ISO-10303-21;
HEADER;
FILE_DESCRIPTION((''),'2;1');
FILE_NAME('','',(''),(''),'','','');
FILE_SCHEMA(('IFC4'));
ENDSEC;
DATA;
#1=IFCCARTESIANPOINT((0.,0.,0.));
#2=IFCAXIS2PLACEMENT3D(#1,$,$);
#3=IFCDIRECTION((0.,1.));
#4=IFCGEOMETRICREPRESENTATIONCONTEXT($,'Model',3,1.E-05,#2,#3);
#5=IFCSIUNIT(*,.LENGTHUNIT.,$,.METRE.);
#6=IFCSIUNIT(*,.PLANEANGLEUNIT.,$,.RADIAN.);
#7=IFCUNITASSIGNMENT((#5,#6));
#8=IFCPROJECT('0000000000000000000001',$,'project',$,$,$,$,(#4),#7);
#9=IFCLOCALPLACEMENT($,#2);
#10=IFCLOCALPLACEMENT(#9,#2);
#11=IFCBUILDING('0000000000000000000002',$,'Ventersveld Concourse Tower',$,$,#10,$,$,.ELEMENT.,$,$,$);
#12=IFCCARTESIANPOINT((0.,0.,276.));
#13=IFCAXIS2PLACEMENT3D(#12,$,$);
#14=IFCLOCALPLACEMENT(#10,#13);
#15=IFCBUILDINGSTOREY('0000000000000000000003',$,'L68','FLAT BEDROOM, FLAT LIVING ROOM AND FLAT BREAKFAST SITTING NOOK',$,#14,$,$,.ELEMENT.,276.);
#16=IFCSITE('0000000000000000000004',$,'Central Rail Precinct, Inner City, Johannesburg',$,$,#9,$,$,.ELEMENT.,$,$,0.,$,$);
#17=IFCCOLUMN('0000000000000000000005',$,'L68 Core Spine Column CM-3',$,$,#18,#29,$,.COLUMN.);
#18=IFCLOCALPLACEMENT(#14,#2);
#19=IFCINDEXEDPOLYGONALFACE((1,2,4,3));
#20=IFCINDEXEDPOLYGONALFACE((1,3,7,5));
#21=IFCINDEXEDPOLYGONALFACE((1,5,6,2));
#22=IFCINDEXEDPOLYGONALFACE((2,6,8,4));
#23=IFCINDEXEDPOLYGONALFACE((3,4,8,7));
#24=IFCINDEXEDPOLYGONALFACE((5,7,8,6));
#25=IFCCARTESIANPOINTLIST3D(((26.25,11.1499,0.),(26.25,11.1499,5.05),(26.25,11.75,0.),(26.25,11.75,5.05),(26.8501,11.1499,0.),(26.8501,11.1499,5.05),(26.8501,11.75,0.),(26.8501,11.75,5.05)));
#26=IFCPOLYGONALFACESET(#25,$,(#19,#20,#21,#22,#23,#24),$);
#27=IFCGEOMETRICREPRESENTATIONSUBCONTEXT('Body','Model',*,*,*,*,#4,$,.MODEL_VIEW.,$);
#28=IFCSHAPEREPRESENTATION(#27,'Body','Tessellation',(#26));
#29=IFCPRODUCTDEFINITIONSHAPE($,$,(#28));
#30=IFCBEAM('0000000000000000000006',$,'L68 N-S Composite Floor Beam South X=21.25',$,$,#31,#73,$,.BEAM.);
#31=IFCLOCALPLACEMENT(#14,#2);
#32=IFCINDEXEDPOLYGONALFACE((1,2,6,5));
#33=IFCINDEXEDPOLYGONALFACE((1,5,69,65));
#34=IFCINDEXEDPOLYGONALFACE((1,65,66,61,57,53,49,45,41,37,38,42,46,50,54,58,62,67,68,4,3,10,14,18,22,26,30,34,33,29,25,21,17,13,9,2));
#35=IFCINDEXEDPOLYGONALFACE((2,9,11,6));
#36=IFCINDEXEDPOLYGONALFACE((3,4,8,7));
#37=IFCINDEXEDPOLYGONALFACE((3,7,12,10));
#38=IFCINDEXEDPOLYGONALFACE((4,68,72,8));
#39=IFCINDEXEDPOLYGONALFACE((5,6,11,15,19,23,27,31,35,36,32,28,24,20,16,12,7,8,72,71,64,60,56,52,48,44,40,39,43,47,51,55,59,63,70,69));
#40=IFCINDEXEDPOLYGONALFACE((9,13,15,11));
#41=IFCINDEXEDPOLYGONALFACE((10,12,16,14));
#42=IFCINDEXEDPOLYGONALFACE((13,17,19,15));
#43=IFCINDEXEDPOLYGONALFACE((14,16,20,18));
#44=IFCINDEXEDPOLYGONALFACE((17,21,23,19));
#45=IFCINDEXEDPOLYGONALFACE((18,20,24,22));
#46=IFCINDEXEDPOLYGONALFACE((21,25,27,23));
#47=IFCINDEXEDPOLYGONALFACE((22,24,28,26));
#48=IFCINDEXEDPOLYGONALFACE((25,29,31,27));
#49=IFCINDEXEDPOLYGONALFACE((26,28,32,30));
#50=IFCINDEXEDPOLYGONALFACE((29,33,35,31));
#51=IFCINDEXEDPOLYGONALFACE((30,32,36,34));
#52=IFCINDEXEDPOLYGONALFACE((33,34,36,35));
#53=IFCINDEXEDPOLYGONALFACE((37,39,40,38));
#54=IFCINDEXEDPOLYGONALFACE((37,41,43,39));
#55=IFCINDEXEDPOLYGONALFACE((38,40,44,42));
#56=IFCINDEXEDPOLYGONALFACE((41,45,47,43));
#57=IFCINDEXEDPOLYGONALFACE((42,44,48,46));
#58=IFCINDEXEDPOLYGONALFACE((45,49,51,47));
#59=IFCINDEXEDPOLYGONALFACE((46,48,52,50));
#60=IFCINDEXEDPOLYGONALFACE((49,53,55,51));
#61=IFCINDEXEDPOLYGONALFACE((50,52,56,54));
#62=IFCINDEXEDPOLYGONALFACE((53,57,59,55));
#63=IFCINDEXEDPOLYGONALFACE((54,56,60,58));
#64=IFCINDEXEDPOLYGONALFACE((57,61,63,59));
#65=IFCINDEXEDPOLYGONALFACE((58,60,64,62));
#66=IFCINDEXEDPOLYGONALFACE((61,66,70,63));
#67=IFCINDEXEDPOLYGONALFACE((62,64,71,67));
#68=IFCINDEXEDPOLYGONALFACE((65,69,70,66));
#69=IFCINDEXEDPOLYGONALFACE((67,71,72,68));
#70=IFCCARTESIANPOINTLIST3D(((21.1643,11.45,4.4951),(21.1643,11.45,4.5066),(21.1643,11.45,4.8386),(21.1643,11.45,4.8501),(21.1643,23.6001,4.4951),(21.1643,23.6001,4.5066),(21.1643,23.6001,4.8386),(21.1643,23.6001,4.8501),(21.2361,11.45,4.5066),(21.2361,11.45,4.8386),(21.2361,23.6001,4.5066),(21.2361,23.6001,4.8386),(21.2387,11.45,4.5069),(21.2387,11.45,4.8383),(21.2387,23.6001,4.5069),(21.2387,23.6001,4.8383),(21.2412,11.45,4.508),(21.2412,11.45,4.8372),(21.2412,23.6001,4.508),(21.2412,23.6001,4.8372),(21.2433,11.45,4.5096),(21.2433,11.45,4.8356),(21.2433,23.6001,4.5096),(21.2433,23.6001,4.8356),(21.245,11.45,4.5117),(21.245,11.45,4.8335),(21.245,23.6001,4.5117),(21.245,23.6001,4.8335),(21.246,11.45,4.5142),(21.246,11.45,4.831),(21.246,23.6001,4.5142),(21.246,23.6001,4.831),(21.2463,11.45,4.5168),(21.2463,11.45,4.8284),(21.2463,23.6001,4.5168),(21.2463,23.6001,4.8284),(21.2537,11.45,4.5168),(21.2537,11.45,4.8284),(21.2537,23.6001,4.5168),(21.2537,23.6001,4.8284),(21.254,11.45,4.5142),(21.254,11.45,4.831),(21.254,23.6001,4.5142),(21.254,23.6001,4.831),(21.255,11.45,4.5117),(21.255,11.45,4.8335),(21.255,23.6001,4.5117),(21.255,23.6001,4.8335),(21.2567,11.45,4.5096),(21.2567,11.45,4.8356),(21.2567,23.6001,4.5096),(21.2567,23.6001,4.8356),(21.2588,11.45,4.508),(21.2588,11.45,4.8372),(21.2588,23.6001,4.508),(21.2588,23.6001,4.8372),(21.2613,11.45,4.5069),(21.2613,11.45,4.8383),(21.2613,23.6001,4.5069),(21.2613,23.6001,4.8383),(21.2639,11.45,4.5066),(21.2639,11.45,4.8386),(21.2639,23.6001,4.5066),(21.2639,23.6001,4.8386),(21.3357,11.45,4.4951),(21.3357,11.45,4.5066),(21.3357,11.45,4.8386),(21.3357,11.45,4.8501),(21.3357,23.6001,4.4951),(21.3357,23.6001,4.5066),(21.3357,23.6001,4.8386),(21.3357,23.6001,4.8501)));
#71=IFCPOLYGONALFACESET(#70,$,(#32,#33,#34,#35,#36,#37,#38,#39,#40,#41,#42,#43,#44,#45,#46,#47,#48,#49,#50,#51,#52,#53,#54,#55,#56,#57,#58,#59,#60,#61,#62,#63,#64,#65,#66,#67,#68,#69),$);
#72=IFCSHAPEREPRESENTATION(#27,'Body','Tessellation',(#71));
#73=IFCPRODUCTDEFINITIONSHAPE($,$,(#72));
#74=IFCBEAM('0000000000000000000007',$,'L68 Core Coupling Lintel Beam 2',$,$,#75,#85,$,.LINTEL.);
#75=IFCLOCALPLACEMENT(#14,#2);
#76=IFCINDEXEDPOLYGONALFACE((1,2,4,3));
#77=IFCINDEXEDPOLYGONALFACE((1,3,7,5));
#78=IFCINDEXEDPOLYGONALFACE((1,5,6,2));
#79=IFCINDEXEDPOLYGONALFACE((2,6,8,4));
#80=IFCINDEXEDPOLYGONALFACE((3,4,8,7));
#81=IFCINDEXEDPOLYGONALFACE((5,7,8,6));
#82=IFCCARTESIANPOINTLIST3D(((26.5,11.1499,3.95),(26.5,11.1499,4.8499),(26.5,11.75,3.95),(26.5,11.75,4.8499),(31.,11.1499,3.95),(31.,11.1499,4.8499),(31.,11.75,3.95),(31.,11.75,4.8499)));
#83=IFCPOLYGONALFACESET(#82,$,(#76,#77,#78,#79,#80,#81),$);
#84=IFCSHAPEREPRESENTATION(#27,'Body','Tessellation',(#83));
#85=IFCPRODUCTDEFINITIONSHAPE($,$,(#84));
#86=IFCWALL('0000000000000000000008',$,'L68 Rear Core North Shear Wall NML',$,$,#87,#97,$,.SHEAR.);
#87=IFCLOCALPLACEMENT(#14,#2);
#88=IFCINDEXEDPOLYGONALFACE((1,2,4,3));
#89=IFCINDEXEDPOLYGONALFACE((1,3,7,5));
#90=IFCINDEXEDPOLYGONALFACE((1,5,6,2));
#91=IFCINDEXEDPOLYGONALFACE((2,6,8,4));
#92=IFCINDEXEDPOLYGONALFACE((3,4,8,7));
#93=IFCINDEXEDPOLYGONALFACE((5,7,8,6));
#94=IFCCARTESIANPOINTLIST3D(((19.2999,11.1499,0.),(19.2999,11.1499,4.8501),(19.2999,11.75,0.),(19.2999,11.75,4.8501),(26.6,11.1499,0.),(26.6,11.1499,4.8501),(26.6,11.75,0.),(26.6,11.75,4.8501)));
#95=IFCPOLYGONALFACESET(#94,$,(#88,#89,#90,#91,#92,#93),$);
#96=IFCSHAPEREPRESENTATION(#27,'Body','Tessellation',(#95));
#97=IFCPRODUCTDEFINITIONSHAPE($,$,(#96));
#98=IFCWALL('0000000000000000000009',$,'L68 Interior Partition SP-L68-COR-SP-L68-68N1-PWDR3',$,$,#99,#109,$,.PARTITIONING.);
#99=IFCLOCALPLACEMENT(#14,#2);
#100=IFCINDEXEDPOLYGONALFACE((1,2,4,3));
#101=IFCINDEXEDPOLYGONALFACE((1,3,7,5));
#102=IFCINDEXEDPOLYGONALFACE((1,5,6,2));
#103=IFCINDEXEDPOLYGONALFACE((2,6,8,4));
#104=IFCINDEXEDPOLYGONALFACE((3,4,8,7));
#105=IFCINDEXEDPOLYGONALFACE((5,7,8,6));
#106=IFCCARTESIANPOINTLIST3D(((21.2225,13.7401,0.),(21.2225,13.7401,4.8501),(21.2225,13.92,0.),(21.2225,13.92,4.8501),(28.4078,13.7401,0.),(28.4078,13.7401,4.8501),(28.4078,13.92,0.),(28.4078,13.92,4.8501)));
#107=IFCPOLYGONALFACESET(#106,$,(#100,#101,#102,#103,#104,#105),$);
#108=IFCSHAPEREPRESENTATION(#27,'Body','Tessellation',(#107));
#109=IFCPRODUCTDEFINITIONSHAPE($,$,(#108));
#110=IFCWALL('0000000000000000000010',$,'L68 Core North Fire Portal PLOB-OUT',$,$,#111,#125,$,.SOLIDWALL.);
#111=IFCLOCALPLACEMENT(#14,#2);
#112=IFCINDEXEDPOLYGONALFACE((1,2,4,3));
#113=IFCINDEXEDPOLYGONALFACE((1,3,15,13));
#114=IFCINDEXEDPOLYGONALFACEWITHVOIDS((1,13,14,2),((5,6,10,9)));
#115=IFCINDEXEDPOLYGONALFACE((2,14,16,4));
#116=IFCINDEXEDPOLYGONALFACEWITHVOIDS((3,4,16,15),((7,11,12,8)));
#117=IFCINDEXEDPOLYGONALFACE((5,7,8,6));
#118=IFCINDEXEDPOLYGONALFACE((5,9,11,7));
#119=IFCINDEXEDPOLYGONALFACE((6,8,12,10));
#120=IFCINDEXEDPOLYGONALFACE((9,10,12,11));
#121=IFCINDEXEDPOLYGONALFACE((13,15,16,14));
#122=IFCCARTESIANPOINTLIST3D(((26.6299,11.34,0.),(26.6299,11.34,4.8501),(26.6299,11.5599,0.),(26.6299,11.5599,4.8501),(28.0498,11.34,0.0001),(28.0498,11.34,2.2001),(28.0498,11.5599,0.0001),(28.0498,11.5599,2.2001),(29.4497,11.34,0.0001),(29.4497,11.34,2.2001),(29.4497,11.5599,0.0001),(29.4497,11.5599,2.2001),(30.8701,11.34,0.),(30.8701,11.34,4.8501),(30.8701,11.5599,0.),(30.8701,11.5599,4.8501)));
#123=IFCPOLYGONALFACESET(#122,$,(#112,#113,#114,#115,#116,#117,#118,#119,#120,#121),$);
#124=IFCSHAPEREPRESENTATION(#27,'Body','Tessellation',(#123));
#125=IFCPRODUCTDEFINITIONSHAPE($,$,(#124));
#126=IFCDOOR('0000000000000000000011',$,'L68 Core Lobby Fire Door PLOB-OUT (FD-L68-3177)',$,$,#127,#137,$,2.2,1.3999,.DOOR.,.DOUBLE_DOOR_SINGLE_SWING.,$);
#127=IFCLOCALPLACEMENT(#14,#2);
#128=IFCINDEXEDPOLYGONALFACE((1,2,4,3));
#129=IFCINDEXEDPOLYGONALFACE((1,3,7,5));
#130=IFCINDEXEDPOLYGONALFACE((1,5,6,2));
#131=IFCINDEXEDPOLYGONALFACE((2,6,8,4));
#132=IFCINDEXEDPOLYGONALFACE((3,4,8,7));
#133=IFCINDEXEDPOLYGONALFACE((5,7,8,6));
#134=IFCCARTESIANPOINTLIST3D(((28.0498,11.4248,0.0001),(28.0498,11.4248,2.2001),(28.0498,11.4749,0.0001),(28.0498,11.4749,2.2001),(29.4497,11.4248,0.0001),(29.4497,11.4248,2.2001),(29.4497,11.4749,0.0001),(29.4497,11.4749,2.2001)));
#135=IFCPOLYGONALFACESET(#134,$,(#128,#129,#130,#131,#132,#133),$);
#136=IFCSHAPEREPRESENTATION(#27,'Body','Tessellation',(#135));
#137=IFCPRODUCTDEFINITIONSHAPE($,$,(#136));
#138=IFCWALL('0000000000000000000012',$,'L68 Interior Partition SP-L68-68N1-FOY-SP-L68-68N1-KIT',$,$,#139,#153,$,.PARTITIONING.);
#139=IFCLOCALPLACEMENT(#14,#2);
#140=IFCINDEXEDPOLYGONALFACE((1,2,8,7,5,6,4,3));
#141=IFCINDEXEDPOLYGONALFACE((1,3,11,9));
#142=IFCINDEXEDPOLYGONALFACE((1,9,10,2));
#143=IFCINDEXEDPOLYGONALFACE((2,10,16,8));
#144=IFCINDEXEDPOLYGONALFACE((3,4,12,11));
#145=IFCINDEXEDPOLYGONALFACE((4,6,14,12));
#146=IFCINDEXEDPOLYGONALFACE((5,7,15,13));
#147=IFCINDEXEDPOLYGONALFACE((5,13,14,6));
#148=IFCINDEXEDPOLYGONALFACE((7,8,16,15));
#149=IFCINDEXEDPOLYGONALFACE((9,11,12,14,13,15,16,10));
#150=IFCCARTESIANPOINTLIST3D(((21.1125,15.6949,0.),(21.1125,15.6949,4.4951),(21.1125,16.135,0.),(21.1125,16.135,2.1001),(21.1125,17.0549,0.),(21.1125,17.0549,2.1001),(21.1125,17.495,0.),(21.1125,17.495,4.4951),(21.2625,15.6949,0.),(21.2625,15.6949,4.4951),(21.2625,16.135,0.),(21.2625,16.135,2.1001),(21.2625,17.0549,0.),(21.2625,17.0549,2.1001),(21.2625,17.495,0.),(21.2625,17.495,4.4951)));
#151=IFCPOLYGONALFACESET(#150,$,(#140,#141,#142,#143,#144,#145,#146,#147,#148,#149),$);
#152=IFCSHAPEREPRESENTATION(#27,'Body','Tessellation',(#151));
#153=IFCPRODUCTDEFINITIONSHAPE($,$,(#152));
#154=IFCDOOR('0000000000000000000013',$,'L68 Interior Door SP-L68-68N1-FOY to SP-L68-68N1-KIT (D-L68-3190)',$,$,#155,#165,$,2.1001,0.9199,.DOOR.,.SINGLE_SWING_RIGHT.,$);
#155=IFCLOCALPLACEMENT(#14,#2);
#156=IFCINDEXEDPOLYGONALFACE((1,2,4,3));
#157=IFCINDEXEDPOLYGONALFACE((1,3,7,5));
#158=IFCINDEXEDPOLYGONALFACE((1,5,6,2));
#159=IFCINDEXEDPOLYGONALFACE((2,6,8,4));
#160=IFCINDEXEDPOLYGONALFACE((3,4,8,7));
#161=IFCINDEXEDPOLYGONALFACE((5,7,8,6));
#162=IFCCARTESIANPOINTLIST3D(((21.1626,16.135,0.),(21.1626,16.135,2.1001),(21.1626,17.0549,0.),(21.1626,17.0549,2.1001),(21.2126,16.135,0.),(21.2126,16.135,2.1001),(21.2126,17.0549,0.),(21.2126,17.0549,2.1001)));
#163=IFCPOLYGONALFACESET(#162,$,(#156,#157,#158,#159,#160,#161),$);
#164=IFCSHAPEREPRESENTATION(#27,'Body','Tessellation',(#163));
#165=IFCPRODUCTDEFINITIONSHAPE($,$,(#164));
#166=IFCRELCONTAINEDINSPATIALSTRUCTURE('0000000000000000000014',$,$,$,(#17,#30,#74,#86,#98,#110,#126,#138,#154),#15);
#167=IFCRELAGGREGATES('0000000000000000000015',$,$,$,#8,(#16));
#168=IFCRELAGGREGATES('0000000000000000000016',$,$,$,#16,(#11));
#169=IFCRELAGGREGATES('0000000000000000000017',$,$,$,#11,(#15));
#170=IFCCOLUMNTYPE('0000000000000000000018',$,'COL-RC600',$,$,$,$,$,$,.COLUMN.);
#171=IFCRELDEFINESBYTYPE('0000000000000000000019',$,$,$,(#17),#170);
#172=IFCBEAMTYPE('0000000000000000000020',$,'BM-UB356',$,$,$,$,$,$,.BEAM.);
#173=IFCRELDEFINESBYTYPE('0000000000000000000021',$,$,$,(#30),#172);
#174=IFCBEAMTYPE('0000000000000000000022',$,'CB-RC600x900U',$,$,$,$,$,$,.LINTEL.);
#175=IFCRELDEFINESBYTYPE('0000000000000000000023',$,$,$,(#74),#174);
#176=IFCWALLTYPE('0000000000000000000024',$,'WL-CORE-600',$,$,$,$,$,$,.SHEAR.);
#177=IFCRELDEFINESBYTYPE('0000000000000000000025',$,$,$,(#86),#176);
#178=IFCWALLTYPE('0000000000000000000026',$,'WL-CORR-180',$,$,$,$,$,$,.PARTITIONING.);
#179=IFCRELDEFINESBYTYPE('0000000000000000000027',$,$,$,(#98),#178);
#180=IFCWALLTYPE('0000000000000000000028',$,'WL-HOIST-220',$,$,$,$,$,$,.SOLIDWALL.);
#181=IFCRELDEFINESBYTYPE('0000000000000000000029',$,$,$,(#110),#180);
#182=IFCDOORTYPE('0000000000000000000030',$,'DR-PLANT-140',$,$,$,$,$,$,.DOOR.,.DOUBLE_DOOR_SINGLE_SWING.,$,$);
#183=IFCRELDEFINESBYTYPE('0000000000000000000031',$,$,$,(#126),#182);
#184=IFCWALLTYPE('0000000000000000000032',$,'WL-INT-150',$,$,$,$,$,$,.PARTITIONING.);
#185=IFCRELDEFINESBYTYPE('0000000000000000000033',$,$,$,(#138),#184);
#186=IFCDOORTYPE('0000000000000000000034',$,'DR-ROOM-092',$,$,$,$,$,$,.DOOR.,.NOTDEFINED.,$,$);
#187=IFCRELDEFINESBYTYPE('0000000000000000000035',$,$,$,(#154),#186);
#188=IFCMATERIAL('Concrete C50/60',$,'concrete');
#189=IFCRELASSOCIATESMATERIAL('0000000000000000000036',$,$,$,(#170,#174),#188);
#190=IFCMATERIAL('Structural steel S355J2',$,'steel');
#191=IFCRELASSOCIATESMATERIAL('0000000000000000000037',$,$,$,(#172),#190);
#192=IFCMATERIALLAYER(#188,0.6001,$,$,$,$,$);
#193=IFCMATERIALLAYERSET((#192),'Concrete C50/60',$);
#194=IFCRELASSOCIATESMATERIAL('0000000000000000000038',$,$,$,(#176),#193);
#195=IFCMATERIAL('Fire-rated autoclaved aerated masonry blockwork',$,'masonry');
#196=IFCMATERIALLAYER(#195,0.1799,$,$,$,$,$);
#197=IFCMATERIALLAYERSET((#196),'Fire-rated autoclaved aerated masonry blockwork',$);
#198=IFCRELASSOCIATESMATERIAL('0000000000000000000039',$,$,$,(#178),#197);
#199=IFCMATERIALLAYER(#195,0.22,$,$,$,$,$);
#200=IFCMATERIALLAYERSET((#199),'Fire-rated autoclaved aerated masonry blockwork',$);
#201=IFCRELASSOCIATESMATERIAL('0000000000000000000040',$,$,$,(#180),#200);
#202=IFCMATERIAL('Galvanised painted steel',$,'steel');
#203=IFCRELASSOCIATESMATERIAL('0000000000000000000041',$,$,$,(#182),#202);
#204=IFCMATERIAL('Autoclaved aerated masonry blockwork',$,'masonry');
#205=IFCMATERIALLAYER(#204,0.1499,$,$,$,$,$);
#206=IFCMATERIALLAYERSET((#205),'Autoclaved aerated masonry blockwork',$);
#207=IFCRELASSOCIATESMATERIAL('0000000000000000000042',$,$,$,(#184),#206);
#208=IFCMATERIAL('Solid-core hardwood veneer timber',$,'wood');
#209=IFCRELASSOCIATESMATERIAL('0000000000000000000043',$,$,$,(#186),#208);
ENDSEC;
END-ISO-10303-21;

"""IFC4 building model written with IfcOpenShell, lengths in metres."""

from ifc_helpers import new_model, si_unit, direction, frame, frame_2d, origin, origin_2d, place, context, subcontext, project, spatial, rectangle, i_section, extrude, material, layer, layer_set, material_profile, profile_set, type_object, element, fill, save


model = new_model("IFC4")

# Units and contexts
model_context = context("Model", 3, precision=1e-05, world=origin(), true_north=direction((0.0, 1.0)))
body_context = subcontext(model_context, "Body", "Model", "MODEL_VIEW")
ifc_project = project(units=[si_unit("LENGTHUNIT", "METRE"), si_unit("PLANEANGLEUNIT", "RADIAN")], contexts=[model_context])

# Site, building, storey
site_placement = place(None, origin())
site = spatial("IfcSite", under=ifc_project, at=site_placement, Name="Central Rail Precinct, Inner City, Johannesburg", CompositionType="ELEMENT", RefElevation=0.0)
building_placement = place(site_placement, origin())
building = spatial("IfcBuilding", under=site, at=building_placement, Name="Ventersveld Concourse Tower", CompositionType="ELEMENT")
storey_placement = place(building_placement, frame((0.0, 0.0, 276.0)))
storey = spatial("IfcBuildingStorey", under=building, at=storey_placement, Name="L68", Description="FLAT BEDROOM, FLAT LIVING ROOM AND FLAT BREAKFAST SITTING NOOK", CompositionType="ELEMENT", Elevation=276.0)

# Column
ifc_material_1 = material(Name="Concrete C50/60", Category="concrete")
ifc_material_profile_1 = material_profile(ifc_material_1, rectangle(XDim=0.6001, YDim=0.6001, at=origin_2d()), Name="RC 600x600")
ifc_profile_set_1 = profile_set([ifc_material_profile_1], Name="Concrete C50/60")
column_type = type_object("IfcColumnType", Name="COL-RC600", PredefinedType="COLUMN", material=ifc_profile_set_1)
column_placement = place(storey_placement, frame((26.55, 11.45, 0.0), z_axis=(0.0, 0.0, 1.0), x_axis=(1.0, 0.0, 0.0)))
element("IfcColumn", 1, at=column_placement, inside=storey, type_object=column_type, Name="L68 Core Spine Column CM-3", PredefinedType="COLUMN", context=body_context, shape_type="SweptSolid", body=[
    extrude(rectangle(XDim=0.6001, YDim=0.6001, at=origin_2d()), origin(), (0.0, 0.0, 1.0), 5.05),
])

# Beams
ifc_material_2 = material(Name="Structural steel S355J2", Category="steel")
ifc_material_profile_2 = material_profile(ifc_material_2, i_section(OverallWidth=0.1714, OverallDepth=0.355, WebThickness=0.0073, FlangeThickness=0.0115, FilletRadius=0.0103, at=origin_2d()), Name="UB 356x171x51")
ifc_profile_set_2 = profile_set([ifc_material_profile_2], Name="Structural steel S355J2")
beam_type_1 = type_object("IfcBeamType", Name="BM-UB356", PredefinedType="BEAM", material=ifc_profile_set_2)
beam_1_placement = place(storey_placement, frame((21.25, 11.45, 4.6726), z_axis=(0.0, 1.0, 0.0), x_axis=(-1.0, 0.0, 0.0)))
element("IfcBeam", 2, at=beam_1_placement, inside=storey, type_object=beam_type_1, Name="L68 N-S Composite Floor Beam South X=21.25", PredefinedType="BEAM", context=body_context, shape_type="SweptSolid", body=[
    extrude(i_section(OverallWidth=0.1714, OverallDepth=0.355, WebThickness=0.0073, FlangeThickness=0.0115, FilletRadius=0.0103, at=origin_2d()), origin(), (0.0, 0.0, 1.0), 12.1501),
])
ifc_material_profile_3 = material_profile(ifc_material_1, rectangle(XDim=0.6001, YDim=0.8999, at=origin_2d()), Name="RC 600x900")
ifc_profile_set_3 = profile_set([ifc_material_profile_3], Name="Concrete C50/60")
beam_type_2 = type_object("IfcBeamType", Name="CB-RC600x900U", PredefinedType="LINTEL", material=ifc_profile_set_3)
beam_2_placement = place(storey_placement, frame((26.5, 11.45, 4.3999), z_axis=(1.0, 0.0, 0.0), x_axis=(0.0, 1.0, 0.0)))
element("IfcBeam", 3, at=beam_2_placement, inside=storey, type_object=beam_type_2, Name="L68 Core Coupling Lintel Beam 2", PredefinedType="LINTEL", context=body_context, shape_type="SweptSolid", body=[
    extrude(rectangle(XDim=0.6001, YDim=0.8999, at=origin_2d()), origin(), (0.0, 0.0, 1.0), 4.5),
])

# Walls
ifc_layer_1 = layer(ifc_material_1, 0.6001)
ifc_layer_set_1 = layer_set([ifc_layer_1], Name="Concrete C50/60")
wall_type_1 = type_object("IfcWallType", Name="WL-CORE-600", PredefinedType="SHEAR", material=ifc_layer_set_1)
wall_1_placement = place(storey_placement, frame((19.3, 11.45, 0.0), z_axis=(0.0, 0.0, 1.0), x_axis=(1.0, 0.0, 0.0)))
element("IfcWall", 4, at=wall_1_placement, inside=storey, type_object=wall_type_1, Name="L68 Rear Core North Shear Wall NML", PredefinedType="SHEAR", context=body_context, shape_type="SweptSolid", body=[
    extrude(rectangle(XDim=7.3, YDim=0.6001, at=frame_2d((3.6499, 0.0))), origin(), (0.0, 0.0, 1.0), 4.8501),
])
ifc_material_3 = material(Name="Fire-rated autoclaved aerated masonry blockwork", Category="masonry")
ifc_layer_2 = layer(ifc_material_3, 0.1799)
ifc_layer_set_2 = layer_set([ifc_layer_2], Name="Fire-rated autoclaved aerated masonry blockwork")
wall_type_2 = type_object("IfcWallType", Name="WL-CORR-180", PredefinedType="PARTITIONING", material=ifc_layer_set_2)
wall_2_placement = place(storey_placement, frame((21.2224, 13.8301, 0.0), z_axis=(0.0, 0.0, 1.0), x_axis=(1.0, 0.0, 0.0)))
element("IfcWall", 5, at=wall_2_placement, inside=storey, type_object=wall_type_2, Name="L68 Interior Partition SP-L68-COR-SP-L68-68N1-PWDR3", PredefinedType="PARTITIONING", context=body_context, shape_type="SweptSolid", body=[
    extrude(rectangle(XDim=7.1853, YDim=0.1799, at=frame_2d((3.5928, 0.0))), origin(), (0.0, 0.0, 1.0), 4.8501),
])

# Walls, openings, doors
ifc_layer_3 = layer(ifc_material_3, 0.22)
ifc_layer_set_3 = layer_set([ifc_layer_3], Name="Fire-rated autoclaved aerated masonry blockwork")
wall_type_3 = type_object("IfcWallType", Name="WL-HOIST-220", PredefinedType="SOLIDWALL", material=ifc_layer_set_3)
wall_3_placement = place(storey_placement, frame((26.6299, 11.45, 0.0), z_axis=(0.0, 0.0, 1.0), x_axis=(1.0, 0.0, 0.0)))
wall_3 = element("IfcWall", 6, at=wall_3_placement, inside=storey, type_object=wall_type_3, Name="L68 Core North Fire Portal PLOB-OUT", PredefinedType="SOLIDWALL", context=body_context, shape_type="SweptSolid", body=[
    extrude(rectangle(XDim=4.2402, YDim=0.22, at=frame_2d((2.1201, 0.0))), origin(), (0.0, 0.0, 1.0), 4.8501),
])
opening_1_placement = place(wall_3_placement, frame((1.4199, 0.0, 0.0)))
opening_1 = element("IfcOpeningElement", 7, at=opening_1_placement, cuts=wall_3, PredefinedType="OPENING", context=body_context, shape_type="SweptSolid", body=[
    extrude(rectangle(XDim=1.3999, YDim=2.2, at=frame_2d((0.7, 1.1001))), frame((0.0, 0.1201, 0.0), z_axis=(0.0, -1.0, 0.0), x_axis=(1.0, 0.0, 0.0)), (0.0, 0.0, 1.0), 0.24),
])
ifc_material_4 = material(Name="Galvanised painted steel", Category="steel")
door_type_1 = type_object("IfcDoorType", Name="DR-PLANT-140", OperationType="DOUBLE_DOOR_SINGLE_SWING", PredefinedType="DOOR", material=ifc_material_4)
door_1_placement = place(opening_1_placement, origin())
door_1 = element("IfcDoor", 8, at=door_1_placement, inside=storey, type_object=door_type_1, Name="L68 Core Lobby Fire Door PLOB-OUT (FD-L68-3177)", OperationType="DOUBLE_DOOR_SINGLE_SWING", OverallHeight=2.2, OverallWidth=1.3999, PredefinedType="DOOR", context=body_context, shape_type="SweptSolid", body=[
    extrude(rectangle(XDim=1.3999, YDim=2.2, at=frame_2d((0.7, 1.1001))), frame((0.0, 0.0249, 0.0), z_axis=(0.0, -1.0, 0.0), x_axis=(1.0, 0.0, 0.0)), (0.0, 0.0, 1.0), 0.05),
])
fill(opening_1, door_1)
ifc_material_5 = material(Name="Autoclaved aerated masonry blockwork", Category="masonry")
ifc_layer_4 = layer(ifc_material_5, 0.1499)
ifc_layer_set_4 = layer_set([ifc_layer_4], Name="Autoclaved aerated masonry blockwork")
wall_type_4 = type_object("IfcWallType", Name="WL-INT-150", PredefinedType="PARTITIONING", material=ifc_layer_set_4)
wall_4_placement = place(storey_placement, frame((21.1875, 15.6951, 0.0), z_axis=(0.0, 0.0, 1.0), x_axis=(0.0, 1.0, 0.0)))
wall_4 = element("IfcWall", 9, at=wall_4_placement, inside=storey, type_object=wall_type_4, Name="L68 Interior Partition SP-L68-68N1-FOY-SP-L68-68N1-KIT", PredefinedType="PARTITIONING", context=body_context, shape_type="SweptSolid", body=[
    extrude(rectangle(XDim=1.8, YDim=0.1499, at=frame_2d((0.8999, 0.0))), origin(), (0.0, 0.0, 1.0), 4.4951),
])
opening_2_placement = place(wall_4_placement, frame((0.4399, 0.0, 0.0)))
opening_2 = element("IfcOpeningElement", 10, at=opening_2_placement, cuts=wall_4, PredefinedType="OPENING", context=body_context, shape_type="SweptSolid", body=[
    extrude(rectangle(XDim=0.9199, YDim=2.1001, at=frame_2d((0.46, 1.05))), frame((0.0, 0.085, 0.0), z_axis=(0.0, -1.0, 0.0), x_axis=(1.0, 0.0, 0.0)), (0.0, 0.0, 1.0), 0.1699),
])
ifc_material_6 = material(Name="Solid-core hardwood veneer timber", Category="wood")
door_type_2 = type_object("IfcDoorType", Name="DR-ROOM-092", OperationType="NOTDEFINED", PredefinedType="DOOR", material=ifc_material_6)
door_2_placement = place(opening_2_placement, origin())
door_2 = element("IfcDoor", 11, at=door_2_placement, inside=storey, type_object=door_type_2, Name="L68 Interior Door SP-L68-68N1-FOY to SP-L68-68N1-KIT (D-L68-3190)", OperationType="SINGLE_SWING_RIGHT", OverallHeight=2.1001, OverallWidth=0.9199, PredefinedType="DOOR", context=body_context, shape_type="SweptSolid", body=[
    extrude(rectangle(XDim=0.9199, YDim=2.1001, at=frame_2d((0.46, 1.05))), frame((0.0, 0.0249, 0.0), z_axis=(0.0, -1.0, 0.0), x_axis=(1.0, 0.0, 0.0)), (0.0, 0.0, 1.0), 0.05),
])
fill(opening_2, door_2)

save(model, "model.ifc")
